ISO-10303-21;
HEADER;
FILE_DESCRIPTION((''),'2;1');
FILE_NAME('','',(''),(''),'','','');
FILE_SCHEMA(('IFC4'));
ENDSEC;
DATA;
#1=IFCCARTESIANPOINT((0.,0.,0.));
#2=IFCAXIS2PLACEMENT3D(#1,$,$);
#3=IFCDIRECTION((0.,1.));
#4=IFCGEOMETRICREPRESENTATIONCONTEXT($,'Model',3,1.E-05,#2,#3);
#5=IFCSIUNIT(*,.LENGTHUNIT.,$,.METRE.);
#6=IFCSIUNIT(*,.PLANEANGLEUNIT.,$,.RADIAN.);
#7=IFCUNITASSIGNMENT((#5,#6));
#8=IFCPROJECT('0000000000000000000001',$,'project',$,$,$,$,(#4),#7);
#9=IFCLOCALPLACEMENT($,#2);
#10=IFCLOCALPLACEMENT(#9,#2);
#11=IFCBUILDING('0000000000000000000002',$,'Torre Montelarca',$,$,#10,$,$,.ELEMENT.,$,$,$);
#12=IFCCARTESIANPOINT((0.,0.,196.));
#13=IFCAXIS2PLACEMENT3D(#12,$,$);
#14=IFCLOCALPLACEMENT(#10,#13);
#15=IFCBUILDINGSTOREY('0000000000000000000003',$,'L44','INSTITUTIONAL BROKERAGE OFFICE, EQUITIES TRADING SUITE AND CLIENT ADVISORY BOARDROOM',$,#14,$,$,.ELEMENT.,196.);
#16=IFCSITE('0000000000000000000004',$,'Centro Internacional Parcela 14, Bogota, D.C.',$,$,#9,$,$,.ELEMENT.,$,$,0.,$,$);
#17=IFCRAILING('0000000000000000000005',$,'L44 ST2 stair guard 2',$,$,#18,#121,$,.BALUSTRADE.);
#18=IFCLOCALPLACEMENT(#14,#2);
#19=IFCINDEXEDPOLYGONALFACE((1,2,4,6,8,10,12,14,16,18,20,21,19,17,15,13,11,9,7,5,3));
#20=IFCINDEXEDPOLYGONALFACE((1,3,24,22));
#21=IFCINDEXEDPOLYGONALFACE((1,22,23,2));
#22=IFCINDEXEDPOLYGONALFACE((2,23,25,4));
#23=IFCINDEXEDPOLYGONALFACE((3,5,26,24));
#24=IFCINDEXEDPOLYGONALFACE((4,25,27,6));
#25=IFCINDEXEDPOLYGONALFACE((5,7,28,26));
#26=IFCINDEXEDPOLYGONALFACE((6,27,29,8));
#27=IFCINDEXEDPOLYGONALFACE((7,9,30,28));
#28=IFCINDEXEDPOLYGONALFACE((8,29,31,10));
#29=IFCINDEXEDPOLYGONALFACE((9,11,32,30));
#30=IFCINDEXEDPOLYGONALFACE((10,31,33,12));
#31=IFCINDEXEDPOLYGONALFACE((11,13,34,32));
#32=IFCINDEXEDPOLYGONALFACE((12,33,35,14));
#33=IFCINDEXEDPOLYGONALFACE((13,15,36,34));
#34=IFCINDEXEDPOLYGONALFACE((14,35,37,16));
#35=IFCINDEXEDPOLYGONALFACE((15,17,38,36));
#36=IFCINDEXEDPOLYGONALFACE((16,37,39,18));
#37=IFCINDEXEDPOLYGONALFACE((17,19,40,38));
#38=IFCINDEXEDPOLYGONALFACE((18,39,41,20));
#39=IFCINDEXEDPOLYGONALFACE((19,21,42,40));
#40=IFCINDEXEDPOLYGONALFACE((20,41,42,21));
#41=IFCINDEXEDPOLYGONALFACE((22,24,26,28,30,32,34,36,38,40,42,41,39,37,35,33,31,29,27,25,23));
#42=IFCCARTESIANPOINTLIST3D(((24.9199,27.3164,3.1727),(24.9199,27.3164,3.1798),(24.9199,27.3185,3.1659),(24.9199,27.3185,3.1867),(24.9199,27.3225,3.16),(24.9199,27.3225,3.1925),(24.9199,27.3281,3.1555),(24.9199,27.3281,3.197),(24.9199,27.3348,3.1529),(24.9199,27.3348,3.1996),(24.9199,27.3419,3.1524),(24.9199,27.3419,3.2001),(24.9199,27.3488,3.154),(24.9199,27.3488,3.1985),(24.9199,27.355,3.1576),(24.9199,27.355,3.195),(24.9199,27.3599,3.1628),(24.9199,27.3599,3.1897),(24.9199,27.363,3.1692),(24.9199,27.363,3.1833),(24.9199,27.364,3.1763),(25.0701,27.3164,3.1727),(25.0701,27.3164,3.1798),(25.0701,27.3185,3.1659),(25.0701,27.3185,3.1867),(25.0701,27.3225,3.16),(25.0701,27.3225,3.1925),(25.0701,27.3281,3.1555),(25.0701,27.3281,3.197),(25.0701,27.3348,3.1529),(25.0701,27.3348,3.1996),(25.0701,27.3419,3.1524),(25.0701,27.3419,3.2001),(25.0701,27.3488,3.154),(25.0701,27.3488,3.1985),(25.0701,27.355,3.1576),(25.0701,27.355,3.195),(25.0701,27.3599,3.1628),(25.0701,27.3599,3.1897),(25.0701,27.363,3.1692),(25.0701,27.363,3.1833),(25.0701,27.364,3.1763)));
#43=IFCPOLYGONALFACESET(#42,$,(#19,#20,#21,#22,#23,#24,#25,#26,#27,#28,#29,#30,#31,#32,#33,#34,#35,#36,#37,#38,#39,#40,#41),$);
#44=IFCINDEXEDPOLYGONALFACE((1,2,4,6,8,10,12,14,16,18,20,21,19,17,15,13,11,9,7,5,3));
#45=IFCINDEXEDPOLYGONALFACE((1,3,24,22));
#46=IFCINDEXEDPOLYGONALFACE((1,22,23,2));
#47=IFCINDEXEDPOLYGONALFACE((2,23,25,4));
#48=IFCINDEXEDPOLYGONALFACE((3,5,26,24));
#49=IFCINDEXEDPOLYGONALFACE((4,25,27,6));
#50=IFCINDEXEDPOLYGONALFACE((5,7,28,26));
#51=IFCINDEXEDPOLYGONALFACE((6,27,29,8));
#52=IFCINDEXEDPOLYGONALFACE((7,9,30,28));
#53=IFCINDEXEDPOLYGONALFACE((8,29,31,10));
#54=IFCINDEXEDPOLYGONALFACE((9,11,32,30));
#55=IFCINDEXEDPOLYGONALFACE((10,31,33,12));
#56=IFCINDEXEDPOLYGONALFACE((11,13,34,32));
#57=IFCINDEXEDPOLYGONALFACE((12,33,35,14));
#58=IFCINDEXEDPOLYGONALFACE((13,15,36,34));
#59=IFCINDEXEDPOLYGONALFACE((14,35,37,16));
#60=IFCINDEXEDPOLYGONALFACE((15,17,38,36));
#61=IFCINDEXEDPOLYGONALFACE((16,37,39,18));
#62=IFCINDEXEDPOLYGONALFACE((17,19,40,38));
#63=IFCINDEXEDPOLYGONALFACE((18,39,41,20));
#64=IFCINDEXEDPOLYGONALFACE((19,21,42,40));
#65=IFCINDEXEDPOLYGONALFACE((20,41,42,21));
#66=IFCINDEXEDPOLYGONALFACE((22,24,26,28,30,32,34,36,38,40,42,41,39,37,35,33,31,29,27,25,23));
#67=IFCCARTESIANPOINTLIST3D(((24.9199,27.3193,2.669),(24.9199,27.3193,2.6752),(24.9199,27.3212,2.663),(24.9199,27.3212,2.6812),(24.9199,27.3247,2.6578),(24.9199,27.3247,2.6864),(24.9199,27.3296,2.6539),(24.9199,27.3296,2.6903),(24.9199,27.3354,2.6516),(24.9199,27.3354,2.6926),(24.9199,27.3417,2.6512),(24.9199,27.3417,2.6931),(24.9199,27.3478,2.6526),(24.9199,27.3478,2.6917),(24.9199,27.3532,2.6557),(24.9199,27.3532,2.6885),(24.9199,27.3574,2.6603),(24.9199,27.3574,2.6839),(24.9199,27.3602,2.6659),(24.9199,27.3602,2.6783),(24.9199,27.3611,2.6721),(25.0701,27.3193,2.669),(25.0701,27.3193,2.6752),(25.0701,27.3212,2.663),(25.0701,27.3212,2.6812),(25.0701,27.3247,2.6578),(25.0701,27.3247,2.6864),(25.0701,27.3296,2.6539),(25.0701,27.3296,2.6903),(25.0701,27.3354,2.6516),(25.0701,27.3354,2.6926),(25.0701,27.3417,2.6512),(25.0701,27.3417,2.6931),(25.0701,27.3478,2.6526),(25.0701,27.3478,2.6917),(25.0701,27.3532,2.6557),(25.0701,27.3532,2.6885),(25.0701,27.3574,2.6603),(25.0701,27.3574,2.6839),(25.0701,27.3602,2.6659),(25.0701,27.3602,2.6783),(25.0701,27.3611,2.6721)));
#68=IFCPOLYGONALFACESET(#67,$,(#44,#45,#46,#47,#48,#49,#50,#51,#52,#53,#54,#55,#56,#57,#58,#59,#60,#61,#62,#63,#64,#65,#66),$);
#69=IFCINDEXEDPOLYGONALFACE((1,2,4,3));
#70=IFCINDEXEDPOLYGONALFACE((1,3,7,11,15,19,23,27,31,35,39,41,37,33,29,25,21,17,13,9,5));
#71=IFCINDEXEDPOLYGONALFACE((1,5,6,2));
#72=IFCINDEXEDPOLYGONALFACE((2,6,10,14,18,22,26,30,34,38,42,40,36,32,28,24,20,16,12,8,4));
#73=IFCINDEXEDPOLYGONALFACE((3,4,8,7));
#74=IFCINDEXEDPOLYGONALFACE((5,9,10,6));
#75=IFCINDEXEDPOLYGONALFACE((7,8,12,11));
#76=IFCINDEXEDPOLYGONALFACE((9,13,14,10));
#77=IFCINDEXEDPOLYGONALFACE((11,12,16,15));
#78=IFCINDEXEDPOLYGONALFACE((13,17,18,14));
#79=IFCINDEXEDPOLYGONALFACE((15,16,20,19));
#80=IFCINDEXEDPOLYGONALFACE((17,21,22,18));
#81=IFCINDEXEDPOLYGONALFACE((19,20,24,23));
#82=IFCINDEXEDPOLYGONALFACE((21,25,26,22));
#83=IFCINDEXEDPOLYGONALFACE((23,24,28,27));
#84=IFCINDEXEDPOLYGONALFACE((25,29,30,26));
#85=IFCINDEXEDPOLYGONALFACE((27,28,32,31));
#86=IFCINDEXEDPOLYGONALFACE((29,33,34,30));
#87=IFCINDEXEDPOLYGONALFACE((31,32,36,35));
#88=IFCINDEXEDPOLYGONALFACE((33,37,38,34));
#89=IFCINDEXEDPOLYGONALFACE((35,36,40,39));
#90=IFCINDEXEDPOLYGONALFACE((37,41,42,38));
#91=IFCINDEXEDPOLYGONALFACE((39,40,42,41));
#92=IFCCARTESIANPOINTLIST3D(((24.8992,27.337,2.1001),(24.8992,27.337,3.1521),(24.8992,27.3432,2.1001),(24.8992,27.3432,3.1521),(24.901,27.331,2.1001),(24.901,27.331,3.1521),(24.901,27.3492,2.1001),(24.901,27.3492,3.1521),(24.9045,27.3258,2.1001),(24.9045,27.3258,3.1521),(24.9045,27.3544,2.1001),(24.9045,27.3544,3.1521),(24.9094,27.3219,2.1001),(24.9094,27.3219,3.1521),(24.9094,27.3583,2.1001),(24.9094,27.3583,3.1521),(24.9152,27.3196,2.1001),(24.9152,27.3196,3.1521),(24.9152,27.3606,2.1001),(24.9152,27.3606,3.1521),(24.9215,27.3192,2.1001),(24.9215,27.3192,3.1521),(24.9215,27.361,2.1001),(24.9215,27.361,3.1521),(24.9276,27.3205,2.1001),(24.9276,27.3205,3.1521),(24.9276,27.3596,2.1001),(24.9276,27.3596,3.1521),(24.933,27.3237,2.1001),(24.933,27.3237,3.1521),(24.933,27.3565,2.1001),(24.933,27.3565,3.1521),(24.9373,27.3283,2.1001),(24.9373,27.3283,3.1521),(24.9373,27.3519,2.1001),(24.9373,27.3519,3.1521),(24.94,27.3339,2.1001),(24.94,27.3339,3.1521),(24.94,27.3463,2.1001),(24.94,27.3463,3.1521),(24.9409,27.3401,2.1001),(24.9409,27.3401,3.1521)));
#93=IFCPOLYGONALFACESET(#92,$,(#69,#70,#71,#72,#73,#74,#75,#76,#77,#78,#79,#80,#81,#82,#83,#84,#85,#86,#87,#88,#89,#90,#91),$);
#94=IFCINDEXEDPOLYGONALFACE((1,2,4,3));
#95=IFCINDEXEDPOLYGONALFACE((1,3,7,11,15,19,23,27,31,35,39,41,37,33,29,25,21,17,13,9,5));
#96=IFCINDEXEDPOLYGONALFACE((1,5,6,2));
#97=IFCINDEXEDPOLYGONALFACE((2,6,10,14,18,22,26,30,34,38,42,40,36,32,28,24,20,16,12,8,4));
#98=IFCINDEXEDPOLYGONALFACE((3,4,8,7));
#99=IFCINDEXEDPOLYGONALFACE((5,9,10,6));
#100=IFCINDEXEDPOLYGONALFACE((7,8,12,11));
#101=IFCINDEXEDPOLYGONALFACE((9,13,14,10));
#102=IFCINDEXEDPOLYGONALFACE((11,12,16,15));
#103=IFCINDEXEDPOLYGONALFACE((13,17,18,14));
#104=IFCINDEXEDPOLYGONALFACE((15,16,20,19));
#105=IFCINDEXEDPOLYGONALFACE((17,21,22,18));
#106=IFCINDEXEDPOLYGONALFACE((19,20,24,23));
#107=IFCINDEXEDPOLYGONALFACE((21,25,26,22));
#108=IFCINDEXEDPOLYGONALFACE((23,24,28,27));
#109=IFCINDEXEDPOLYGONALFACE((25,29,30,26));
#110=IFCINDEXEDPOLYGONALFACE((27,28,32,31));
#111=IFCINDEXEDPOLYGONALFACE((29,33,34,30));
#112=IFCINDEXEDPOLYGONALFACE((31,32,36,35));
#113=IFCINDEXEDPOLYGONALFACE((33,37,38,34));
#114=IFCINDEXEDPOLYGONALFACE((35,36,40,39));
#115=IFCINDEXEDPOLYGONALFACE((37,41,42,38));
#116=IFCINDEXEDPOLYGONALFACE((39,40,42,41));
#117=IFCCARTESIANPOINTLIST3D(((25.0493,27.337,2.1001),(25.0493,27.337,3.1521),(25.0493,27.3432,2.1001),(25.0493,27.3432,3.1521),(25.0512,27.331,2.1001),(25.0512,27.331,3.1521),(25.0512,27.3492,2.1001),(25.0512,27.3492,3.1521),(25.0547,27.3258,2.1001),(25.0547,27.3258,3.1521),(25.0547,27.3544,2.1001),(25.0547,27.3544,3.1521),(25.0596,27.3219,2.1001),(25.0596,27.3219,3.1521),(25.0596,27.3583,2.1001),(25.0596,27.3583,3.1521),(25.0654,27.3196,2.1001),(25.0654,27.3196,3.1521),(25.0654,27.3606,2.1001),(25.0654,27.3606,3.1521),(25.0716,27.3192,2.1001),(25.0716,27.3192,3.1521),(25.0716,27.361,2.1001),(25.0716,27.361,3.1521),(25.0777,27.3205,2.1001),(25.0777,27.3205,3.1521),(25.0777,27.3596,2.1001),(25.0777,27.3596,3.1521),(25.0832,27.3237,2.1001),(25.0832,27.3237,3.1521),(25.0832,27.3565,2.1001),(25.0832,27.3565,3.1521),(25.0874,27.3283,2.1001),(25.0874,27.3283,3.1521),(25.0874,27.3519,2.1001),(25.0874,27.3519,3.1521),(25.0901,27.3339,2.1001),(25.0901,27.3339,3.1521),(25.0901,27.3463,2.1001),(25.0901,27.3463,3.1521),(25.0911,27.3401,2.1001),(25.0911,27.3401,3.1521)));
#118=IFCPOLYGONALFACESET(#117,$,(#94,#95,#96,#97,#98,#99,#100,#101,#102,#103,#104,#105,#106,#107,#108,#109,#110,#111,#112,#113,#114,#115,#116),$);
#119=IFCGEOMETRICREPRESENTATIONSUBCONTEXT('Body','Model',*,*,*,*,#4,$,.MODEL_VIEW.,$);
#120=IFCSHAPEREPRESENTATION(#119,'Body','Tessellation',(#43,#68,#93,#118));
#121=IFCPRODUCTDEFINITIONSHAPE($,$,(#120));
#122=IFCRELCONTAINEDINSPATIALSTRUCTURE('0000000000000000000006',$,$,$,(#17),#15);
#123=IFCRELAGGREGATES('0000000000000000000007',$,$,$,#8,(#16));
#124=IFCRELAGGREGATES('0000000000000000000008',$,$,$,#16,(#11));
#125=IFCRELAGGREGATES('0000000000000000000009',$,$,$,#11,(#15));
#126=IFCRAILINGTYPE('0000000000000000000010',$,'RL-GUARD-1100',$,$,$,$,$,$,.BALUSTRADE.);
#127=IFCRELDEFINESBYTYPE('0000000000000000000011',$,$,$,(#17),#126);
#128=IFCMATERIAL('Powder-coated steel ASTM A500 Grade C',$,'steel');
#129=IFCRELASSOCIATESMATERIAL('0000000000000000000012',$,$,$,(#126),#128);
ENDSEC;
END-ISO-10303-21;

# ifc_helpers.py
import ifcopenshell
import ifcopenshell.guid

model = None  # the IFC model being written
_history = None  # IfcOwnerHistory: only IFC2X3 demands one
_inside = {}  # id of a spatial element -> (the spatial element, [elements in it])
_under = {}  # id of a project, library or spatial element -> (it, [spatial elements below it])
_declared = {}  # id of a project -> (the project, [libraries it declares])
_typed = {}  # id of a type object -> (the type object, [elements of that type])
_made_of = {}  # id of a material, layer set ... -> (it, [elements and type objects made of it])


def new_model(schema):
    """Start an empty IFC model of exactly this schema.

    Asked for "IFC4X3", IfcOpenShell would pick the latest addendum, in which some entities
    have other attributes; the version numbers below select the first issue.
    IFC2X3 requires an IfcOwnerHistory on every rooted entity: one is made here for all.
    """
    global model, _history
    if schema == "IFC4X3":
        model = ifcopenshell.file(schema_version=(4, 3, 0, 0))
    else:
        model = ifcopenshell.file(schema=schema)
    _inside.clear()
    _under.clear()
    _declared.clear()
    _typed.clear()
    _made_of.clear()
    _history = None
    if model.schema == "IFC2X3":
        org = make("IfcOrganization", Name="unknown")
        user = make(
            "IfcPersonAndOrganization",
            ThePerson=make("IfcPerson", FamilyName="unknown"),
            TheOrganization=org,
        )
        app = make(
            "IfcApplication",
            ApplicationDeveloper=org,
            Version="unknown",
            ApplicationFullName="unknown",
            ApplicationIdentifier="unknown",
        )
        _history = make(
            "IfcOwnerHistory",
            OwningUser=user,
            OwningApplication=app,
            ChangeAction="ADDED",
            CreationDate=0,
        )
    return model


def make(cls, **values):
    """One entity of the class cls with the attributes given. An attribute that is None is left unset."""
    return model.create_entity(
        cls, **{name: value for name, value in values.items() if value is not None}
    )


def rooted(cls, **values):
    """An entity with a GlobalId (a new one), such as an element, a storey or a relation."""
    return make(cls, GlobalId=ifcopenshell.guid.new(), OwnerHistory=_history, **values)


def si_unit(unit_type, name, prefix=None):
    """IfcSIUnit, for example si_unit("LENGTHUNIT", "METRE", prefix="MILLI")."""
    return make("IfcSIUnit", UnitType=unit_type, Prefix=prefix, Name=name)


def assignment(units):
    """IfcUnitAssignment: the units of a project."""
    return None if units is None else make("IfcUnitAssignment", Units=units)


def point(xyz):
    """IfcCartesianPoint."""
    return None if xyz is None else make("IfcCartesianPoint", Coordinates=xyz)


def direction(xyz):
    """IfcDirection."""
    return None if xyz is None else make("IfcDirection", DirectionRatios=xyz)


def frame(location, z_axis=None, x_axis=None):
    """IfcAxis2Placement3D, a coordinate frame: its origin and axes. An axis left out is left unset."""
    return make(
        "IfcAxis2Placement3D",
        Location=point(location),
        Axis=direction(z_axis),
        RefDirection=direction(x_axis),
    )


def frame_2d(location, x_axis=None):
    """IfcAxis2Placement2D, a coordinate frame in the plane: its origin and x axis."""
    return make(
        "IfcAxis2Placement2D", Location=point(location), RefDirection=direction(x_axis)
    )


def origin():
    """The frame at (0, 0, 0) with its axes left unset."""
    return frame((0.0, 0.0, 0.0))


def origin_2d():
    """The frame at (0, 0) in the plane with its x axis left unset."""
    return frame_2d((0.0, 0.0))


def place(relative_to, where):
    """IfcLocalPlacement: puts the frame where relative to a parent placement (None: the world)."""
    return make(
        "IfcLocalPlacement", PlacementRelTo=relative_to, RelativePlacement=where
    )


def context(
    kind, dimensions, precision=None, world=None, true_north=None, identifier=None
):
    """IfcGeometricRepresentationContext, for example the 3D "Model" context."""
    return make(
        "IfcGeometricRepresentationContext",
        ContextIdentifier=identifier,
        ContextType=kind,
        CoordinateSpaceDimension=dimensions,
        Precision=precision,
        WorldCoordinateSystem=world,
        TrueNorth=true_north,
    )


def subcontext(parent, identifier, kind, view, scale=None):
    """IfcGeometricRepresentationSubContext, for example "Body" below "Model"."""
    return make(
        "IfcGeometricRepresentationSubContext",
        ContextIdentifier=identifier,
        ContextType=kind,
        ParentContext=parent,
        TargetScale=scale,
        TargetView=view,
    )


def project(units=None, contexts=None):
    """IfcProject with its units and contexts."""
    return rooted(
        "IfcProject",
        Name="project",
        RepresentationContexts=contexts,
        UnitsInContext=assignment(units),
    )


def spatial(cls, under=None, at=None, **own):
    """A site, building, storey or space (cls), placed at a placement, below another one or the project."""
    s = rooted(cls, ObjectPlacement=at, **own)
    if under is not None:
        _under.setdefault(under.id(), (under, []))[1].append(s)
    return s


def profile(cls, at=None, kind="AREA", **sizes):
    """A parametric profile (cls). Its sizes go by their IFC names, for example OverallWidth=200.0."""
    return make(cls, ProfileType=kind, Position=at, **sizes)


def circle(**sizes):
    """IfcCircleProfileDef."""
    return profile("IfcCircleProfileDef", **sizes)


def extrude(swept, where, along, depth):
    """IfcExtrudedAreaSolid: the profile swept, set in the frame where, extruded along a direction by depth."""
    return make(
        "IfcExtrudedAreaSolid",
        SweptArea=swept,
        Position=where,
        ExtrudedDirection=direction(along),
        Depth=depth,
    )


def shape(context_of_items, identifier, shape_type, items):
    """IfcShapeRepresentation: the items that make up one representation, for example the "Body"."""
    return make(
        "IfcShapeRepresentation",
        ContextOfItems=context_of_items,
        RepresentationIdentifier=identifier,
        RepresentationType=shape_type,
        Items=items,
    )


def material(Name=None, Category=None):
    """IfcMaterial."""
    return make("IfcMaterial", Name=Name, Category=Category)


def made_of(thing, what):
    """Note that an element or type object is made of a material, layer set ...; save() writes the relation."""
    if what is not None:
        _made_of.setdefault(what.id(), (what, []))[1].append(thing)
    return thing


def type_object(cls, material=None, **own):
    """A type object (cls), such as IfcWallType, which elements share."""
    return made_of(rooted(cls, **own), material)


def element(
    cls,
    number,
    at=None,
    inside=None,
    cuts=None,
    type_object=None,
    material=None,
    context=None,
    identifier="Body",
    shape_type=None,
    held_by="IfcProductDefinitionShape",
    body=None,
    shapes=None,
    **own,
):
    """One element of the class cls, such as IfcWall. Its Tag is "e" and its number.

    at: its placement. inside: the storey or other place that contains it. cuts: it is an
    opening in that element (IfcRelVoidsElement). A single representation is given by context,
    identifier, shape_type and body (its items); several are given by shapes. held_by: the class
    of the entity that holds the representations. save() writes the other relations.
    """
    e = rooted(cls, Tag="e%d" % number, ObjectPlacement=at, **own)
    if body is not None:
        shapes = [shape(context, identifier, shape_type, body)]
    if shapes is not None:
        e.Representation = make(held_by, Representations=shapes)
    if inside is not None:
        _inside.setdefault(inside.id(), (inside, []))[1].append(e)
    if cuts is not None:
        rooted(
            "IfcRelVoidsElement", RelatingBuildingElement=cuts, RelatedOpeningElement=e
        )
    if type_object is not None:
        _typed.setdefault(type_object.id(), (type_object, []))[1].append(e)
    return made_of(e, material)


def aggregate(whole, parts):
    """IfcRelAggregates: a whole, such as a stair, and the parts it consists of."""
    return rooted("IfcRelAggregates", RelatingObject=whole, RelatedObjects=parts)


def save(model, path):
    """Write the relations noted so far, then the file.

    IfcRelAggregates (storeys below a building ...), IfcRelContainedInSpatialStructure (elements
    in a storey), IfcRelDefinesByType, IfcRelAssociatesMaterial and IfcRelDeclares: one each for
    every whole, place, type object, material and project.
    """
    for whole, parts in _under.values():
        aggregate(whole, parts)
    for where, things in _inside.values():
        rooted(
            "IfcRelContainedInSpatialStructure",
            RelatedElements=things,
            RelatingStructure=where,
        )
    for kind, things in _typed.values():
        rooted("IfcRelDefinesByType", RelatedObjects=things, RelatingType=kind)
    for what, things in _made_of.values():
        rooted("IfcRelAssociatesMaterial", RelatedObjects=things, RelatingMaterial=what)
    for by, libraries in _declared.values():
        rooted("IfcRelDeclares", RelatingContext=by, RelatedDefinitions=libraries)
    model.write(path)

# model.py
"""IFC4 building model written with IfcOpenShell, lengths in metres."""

from ifc_helpers import new_model, si_unit, direction, frame, origin, origin_2d, place, context, subcontext, project, spatial, circle, extrude, material, type_object, element, save


model = new_model("IFC4")

# Units and contexts
model_context = context("Model", 3, precision=1e-05, world=origin(), true_north=direction((0.0, 1.0)))
body_context = subcontext(model_context, "Body", "Model", "MODEL_VIEW")
ifc_project = project(units=[si_unit("LENGTHUNIT", "METRE"), si_unit("PLANEANGLEUNIT", "RADIAN")], contexts=[model_context])

# Site, building, storey
site_placement = place(None, origin())
site = spatial("IfcSite", under=ifc_project, at=site_placement, Name="Centro Internacional Parcela 14, Bogota, D.C.", CompositionType="ELEMENT", RefElevation=0.0)
building_placement = place(site_placement, origin())
building = spatial("IfcBuilding", under=site, at=building_placement, Name="Torre Montelarca", CompositionType="ELEMENT")
storey_placement = place(building_placement, frame((0.0, 0.0, 196.0)))
storey = spatial("IfcBuildingStorey", under=building, at=storey_placement, Name="L44", Description="INSTITUTIONAL BROKERAGE OFFICE, EQUITIES TRADING SUITE AND CLIENT ADVISORY BOARDROOM", CompositionType="ELEMENT", Elevation=196.0)

# Railing
ifc_material_1 = material(Name="Powder-coated steel ASTM A500 Grade C", Category="steel")
railing_type_1 = type_object("IfcRailingType", Name="RL-GUARD-1100", PredefinedType="BALUSTRADE", material=ifc_material_1)
railing_1_placement = place(storey_placement, frame((24.9199, 27.3401, 2.1001)))
element("IfcRailing", 1, at=railing_1_placement, inside=storey, type_object=railing_type_1, Name="L44 ST2 stair guard 2", PredefinedType="BALUSTRADE", context=body_context, shape_type="SweptSolid", body=[
    extrude(circle(Radius=0.0239, at=origin_2d()), frame((0.0, 0.0, 1.0762), z_axis=(1.0, 0.0, 0.0), x_axis=(0.0, 1.0, 0.0)), (0.0, 0.0, 1.0), 0.1501),
    extrude(circle(Radius=0.021, at=origin_2d()), frame((0.0, 0.0, 0.572), z_axis=(1.0, 0.0, 0.0), x_axis=(0.0, 1.0, 0.0)), (0.0, 0.0, 1.0), 0.1501),
    extrude(circle(Radius=0.021, at=origin_2d()), origin(), (0.0, 0.0, 1.0), 1.052),
    extrude(circle(Radius=0.021, at=origin_2d()), frame((0.1501, 0.0, 0.0)), (0.0, 0.0, 1.0), 1.052),
])

save(model, "model.ifc")
